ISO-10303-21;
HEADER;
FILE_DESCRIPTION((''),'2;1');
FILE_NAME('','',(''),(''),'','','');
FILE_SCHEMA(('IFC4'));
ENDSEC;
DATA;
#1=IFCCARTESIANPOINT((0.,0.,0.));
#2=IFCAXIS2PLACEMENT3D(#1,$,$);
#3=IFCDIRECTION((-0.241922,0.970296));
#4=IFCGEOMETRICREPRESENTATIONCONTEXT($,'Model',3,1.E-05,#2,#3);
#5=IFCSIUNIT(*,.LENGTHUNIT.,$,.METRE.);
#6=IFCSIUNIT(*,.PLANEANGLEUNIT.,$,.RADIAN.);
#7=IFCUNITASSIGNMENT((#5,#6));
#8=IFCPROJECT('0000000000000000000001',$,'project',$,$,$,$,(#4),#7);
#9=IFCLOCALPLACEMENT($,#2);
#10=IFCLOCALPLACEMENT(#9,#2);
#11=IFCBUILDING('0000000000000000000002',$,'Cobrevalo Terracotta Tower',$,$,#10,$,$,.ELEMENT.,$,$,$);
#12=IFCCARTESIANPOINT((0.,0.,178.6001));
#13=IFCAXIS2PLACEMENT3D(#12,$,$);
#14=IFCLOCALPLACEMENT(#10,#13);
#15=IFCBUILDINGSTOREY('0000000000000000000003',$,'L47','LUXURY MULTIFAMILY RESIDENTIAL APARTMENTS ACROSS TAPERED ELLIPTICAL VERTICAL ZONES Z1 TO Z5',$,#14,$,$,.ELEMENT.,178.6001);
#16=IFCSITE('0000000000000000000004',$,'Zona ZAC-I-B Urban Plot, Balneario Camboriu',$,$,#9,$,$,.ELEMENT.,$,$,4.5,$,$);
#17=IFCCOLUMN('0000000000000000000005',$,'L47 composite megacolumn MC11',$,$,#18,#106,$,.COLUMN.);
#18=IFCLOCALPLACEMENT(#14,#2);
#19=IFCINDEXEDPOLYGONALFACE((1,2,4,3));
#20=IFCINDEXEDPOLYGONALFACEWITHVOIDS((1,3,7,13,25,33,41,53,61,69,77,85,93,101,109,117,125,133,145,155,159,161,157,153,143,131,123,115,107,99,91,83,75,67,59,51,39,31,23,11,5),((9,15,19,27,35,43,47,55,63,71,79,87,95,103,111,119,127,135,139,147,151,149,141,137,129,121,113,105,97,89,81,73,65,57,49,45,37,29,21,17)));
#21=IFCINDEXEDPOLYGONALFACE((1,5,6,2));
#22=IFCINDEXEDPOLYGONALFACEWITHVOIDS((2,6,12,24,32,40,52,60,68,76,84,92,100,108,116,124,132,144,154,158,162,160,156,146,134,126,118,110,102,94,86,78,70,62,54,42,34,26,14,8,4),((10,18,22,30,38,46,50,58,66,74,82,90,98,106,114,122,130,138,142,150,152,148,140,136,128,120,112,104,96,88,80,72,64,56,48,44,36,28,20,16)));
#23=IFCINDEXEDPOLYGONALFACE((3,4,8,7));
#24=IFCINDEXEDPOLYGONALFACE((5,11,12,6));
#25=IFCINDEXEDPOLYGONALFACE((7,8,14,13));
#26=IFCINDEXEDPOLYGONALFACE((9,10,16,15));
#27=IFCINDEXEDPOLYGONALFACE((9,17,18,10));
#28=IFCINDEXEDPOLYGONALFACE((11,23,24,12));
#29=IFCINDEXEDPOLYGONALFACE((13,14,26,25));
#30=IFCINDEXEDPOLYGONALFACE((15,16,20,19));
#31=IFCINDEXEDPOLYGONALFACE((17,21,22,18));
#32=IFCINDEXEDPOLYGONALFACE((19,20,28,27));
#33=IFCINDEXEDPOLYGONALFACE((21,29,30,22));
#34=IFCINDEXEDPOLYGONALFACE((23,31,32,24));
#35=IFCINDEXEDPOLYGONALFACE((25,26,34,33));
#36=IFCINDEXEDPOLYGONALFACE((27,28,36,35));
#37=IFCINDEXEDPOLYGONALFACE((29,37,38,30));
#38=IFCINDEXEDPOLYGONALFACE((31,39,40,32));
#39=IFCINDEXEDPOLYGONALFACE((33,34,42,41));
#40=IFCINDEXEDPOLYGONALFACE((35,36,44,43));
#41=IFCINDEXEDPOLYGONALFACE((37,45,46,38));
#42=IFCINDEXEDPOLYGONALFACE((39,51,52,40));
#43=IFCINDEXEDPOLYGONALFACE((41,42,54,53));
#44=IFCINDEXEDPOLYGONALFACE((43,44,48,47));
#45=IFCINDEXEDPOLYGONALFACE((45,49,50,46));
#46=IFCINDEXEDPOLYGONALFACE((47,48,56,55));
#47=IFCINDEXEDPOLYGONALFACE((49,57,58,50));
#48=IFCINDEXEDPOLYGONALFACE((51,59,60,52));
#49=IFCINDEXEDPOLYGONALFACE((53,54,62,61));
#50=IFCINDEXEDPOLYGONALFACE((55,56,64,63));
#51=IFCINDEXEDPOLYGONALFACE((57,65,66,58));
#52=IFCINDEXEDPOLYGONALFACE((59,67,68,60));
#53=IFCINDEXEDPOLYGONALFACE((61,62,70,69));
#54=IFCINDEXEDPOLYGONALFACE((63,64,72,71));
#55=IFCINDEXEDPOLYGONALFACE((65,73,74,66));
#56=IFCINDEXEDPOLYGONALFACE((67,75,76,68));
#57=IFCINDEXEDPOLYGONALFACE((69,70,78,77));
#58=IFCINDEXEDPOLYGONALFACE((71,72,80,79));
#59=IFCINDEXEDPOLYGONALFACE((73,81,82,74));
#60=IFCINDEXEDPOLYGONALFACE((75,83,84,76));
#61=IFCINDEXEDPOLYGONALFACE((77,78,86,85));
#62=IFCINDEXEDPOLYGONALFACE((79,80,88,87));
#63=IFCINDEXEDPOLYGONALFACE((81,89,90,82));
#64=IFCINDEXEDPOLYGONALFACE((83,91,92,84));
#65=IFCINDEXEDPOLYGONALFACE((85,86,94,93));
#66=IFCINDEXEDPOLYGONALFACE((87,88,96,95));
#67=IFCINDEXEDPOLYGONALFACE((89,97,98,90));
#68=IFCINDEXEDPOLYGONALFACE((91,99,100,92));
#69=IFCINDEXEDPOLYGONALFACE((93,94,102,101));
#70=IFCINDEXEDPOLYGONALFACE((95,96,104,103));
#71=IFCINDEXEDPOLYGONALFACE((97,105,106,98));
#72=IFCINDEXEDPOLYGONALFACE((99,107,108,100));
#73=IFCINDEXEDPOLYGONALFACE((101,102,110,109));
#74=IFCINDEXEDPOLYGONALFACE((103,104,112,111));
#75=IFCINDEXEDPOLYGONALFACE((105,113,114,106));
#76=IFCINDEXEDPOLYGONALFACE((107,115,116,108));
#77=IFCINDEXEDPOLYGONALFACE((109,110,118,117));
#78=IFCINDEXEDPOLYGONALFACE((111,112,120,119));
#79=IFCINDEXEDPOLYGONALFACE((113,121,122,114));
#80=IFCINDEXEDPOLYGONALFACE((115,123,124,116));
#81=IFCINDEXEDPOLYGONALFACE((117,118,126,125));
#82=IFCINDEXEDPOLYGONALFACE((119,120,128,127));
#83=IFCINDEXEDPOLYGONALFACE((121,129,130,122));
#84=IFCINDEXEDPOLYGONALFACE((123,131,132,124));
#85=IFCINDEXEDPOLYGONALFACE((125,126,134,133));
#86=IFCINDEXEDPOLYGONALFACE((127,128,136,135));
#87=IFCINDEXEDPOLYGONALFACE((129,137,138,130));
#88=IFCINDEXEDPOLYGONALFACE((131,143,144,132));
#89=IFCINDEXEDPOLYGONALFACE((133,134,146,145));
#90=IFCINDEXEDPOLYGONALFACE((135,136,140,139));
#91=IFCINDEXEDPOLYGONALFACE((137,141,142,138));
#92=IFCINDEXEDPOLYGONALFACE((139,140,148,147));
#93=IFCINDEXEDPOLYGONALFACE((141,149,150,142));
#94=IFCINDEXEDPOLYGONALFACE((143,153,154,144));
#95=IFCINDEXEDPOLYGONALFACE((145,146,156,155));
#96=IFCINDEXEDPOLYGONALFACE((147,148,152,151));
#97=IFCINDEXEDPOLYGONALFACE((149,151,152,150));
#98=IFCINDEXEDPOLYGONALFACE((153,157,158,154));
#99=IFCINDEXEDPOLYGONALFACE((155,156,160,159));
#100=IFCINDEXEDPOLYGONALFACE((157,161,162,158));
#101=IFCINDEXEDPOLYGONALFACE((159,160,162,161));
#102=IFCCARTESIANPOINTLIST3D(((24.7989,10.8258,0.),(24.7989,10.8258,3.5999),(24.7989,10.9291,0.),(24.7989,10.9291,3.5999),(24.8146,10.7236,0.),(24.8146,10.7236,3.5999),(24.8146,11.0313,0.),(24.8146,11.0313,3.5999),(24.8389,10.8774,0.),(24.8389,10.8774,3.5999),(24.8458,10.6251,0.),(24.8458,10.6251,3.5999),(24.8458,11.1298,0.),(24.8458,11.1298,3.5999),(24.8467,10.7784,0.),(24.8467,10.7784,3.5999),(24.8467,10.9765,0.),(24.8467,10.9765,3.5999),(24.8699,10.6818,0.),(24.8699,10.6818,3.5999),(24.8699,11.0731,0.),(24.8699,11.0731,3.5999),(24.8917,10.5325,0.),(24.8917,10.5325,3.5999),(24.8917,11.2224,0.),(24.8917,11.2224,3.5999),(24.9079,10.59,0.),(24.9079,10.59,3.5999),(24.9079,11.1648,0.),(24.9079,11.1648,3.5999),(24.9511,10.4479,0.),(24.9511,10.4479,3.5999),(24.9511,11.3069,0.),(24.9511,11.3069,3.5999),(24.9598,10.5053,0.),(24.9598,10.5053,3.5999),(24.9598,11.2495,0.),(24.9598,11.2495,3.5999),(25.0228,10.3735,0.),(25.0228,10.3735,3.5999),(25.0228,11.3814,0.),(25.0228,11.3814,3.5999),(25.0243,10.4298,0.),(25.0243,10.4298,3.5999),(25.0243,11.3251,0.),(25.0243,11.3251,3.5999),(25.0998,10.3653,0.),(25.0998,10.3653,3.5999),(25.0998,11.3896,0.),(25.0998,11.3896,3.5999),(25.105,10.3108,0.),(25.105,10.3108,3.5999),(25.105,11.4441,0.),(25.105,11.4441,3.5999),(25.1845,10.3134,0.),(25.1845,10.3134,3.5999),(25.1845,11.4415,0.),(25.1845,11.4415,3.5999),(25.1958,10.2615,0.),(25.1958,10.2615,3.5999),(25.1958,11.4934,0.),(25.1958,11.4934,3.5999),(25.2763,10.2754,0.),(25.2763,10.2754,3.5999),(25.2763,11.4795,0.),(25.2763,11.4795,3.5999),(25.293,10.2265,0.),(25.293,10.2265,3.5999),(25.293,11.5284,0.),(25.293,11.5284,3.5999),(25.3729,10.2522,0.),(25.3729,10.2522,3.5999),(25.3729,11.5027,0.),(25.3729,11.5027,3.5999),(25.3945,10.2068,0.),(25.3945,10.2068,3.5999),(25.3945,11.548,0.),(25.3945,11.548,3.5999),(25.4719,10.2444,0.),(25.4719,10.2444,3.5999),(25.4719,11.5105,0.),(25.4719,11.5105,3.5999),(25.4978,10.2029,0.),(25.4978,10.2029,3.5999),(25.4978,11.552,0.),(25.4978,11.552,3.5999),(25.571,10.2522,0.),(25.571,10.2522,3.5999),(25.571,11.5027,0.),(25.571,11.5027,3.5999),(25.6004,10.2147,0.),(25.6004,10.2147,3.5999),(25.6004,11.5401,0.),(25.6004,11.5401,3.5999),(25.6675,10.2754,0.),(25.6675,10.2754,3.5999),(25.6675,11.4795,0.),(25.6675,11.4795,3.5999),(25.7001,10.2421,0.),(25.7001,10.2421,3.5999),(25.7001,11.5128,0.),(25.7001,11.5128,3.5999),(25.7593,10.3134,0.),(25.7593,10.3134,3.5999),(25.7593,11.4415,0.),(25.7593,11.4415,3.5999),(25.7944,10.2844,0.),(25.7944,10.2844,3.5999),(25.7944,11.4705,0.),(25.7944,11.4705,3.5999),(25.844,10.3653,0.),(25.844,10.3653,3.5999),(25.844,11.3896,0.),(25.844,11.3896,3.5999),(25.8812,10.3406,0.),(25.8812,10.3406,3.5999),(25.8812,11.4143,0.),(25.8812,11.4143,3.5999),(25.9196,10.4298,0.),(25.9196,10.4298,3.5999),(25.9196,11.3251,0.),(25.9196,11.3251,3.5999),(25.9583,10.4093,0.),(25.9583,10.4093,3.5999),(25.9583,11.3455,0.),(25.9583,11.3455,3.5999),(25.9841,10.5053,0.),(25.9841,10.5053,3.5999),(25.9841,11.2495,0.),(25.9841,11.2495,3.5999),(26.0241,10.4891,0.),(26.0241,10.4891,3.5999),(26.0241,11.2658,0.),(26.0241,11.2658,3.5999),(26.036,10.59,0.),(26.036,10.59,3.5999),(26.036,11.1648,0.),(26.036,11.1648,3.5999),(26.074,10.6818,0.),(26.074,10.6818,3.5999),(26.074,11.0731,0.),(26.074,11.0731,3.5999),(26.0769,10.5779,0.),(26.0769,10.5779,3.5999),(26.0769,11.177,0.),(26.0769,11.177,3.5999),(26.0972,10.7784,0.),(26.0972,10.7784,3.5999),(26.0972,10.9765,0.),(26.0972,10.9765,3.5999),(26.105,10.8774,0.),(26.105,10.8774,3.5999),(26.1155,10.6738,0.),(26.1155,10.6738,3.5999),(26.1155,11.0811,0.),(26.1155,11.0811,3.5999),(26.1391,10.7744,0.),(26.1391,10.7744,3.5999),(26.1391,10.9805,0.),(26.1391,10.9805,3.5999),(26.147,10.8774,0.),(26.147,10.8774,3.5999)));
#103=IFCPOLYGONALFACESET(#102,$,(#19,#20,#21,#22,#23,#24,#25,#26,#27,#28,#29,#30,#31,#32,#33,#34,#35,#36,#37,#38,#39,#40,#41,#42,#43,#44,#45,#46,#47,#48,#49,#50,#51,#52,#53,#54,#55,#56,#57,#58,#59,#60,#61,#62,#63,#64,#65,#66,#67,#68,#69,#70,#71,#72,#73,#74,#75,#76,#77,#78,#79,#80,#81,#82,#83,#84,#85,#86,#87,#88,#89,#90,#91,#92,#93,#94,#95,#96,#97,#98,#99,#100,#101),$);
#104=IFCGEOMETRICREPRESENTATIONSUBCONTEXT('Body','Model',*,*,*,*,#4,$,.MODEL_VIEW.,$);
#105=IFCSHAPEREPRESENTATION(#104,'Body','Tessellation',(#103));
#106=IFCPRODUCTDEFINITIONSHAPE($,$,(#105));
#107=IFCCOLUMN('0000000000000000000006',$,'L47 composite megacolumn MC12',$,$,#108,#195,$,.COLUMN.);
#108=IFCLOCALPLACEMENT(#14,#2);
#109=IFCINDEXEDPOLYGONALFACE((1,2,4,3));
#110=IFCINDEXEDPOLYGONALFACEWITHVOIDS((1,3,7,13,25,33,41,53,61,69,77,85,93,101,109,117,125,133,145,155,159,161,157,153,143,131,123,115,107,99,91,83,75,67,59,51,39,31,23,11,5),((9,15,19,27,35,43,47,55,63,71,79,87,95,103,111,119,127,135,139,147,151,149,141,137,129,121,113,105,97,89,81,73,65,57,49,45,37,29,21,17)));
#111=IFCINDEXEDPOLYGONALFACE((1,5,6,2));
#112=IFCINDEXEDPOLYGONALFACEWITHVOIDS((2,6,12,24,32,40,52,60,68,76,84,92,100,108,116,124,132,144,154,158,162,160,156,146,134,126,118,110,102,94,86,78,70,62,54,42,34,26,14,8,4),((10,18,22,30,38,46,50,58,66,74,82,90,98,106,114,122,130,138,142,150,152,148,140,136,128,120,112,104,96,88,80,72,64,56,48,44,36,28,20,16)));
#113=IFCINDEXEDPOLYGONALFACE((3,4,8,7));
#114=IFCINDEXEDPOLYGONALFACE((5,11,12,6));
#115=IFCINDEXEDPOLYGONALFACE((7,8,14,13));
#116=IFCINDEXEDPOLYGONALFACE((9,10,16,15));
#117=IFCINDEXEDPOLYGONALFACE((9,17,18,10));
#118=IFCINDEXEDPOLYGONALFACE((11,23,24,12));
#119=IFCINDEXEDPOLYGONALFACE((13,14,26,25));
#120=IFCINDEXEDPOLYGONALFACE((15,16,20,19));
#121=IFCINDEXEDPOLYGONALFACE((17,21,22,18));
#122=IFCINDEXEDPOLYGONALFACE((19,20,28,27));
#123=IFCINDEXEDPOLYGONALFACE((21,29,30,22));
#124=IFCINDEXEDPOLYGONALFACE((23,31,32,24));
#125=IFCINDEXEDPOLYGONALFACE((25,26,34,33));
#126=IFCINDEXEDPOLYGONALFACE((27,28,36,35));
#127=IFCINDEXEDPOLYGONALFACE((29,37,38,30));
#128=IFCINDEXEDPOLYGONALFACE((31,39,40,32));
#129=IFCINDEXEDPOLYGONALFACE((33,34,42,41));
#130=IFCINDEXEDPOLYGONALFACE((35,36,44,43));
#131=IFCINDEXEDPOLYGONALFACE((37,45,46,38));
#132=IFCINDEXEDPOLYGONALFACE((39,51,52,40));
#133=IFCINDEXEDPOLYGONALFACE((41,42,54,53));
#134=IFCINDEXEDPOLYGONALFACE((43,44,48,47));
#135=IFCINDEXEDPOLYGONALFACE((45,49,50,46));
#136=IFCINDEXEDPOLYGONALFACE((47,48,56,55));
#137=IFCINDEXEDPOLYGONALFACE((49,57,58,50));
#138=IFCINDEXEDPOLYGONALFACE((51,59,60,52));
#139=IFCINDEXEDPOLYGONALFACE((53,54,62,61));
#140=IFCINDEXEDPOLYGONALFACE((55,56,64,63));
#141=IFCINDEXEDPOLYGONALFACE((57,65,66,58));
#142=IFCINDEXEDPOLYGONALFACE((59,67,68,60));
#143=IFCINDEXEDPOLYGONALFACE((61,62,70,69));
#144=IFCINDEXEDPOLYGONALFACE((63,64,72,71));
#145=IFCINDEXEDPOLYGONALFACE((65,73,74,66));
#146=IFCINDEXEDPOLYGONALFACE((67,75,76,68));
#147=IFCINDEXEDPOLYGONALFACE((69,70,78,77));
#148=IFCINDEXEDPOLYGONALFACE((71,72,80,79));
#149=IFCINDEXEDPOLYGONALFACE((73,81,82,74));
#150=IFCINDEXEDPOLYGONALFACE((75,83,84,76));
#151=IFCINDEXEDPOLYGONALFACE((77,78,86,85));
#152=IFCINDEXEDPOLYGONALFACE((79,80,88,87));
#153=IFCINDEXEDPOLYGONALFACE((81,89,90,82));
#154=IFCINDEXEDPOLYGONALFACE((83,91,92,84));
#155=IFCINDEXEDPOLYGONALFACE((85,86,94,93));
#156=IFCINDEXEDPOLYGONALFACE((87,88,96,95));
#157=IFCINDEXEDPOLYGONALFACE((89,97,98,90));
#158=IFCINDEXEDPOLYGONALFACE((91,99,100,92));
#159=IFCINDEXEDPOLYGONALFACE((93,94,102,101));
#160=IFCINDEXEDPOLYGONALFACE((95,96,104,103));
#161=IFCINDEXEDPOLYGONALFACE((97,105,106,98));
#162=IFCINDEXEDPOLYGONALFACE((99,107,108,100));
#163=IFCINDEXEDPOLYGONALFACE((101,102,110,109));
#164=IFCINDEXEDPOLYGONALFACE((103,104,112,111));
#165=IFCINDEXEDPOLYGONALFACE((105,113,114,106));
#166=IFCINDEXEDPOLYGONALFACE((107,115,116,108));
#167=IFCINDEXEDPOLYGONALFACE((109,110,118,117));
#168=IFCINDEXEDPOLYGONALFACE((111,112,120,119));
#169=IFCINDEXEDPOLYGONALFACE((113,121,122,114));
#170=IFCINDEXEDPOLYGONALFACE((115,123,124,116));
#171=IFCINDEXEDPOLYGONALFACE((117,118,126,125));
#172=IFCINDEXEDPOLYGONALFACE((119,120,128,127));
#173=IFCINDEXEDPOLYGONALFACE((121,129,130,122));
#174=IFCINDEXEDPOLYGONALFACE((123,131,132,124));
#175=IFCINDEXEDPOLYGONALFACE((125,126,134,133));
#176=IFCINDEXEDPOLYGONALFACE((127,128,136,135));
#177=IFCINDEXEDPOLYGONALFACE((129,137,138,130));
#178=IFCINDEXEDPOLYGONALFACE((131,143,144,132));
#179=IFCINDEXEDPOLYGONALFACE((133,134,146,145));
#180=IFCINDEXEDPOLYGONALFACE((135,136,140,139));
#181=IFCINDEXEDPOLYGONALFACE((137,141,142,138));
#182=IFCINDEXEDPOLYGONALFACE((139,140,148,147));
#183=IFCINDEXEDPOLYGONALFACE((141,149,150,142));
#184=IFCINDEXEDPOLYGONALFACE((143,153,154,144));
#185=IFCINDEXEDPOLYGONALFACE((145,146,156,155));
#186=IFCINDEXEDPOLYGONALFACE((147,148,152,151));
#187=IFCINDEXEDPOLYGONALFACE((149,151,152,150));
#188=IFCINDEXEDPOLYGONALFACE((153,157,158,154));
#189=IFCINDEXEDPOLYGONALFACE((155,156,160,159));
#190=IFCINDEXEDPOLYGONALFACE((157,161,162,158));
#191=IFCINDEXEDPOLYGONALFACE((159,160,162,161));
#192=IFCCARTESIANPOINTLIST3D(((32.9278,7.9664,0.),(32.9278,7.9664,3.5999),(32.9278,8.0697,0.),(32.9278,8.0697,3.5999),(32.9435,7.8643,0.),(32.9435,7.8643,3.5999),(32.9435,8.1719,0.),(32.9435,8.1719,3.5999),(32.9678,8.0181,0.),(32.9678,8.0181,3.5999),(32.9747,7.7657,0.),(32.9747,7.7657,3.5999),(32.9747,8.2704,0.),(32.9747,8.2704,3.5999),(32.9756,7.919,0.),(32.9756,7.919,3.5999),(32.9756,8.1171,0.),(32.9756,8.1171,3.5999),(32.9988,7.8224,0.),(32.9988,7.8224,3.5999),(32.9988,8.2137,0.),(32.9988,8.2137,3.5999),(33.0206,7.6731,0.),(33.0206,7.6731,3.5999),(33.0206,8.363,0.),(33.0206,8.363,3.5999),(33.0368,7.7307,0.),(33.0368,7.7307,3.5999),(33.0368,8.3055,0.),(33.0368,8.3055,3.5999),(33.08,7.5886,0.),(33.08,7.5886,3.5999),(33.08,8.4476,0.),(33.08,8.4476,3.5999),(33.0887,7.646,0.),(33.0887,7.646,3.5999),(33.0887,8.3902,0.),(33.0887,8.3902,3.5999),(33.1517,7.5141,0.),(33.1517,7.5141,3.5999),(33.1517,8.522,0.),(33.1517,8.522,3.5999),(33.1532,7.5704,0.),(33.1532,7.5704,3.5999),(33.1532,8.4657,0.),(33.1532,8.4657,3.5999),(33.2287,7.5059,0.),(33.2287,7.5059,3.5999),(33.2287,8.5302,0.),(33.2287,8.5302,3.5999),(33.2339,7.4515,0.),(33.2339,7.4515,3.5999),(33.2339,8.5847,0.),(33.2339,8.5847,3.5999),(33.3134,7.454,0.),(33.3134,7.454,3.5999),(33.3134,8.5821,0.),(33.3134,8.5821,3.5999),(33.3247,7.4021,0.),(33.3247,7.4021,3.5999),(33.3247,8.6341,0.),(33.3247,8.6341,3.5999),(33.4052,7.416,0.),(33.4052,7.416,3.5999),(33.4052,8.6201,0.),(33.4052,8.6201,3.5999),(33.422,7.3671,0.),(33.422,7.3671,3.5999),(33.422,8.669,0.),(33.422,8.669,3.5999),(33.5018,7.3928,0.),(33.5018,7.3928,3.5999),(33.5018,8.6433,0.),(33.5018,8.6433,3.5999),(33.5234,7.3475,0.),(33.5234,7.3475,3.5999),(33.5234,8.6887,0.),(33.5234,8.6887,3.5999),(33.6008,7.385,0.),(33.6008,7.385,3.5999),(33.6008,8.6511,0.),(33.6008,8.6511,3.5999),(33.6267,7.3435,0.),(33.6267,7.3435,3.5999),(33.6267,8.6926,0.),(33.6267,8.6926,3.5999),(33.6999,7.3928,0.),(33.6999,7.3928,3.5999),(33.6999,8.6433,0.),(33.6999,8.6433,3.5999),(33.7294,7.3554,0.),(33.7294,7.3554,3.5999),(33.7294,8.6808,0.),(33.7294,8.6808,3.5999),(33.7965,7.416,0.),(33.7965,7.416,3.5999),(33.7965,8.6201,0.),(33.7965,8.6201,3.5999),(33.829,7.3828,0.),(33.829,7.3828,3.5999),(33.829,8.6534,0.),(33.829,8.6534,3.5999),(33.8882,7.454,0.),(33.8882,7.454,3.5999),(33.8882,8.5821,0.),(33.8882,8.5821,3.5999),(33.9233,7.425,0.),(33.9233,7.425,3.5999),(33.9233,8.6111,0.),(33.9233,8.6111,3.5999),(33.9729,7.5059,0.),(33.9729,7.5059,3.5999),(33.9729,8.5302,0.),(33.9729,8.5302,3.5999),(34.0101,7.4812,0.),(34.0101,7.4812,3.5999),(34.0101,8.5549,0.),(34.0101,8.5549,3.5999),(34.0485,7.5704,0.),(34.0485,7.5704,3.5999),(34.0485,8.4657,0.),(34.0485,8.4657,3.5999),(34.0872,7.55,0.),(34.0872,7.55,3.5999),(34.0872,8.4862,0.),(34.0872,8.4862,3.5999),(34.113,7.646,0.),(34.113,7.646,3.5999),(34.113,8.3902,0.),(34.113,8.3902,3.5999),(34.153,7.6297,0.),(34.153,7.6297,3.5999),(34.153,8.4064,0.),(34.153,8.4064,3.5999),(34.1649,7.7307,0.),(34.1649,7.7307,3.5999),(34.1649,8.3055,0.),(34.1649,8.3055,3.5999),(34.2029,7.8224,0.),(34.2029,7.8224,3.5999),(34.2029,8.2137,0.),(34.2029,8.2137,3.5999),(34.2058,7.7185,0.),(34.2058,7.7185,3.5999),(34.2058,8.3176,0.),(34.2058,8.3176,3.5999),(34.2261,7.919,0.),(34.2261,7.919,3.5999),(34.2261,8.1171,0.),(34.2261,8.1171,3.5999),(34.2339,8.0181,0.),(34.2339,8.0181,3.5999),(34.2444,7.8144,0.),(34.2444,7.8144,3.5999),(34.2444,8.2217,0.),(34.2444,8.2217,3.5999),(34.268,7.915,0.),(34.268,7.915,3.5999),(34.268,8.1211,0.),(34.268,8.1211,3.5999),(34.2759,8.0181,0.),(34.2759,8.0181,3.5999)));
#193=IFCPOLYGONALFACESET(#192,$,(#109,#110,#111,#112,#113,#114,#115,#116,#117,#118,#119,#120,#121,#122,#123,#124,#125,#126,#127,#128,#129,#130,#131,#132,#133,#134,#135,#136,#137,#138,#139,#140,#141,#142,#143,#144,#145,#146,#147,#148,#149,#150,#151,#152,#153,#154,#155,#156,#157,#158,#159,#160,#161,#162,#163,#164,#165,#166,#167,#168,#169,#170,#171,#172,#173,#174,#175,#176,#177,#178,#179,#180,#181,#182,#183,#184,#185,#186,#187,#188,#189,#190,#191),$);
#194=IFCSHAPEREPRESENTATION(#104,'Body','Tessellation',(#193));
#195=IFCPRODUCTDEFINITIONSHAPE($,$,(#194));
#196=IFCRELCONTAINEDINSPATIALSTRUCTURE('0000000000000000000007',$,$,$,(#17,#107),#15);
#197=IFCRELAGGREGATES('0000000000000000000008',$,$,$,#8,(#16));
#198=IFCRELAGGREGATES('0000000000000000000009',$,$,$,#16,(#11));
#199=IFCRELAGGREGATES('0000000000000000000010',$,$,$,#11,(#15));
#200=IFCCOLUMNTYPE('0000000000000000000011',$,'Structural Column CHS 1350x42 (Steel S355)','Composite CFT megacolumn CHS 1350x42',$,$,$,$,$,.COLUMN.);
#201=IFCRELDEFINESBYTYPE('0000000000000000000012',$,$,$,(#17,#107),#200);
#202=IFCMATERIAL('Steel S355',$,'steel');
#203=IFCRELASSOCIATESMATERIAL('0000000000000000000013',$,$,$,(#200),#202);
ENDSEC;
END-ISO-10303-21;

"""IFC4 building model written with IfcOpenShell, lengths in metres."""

from ifc_helpers import new_model, si_unit, direction, frame, origin, origin_2d, place, context, subcontext, project, spatial, hollow_circle, extrude, material, material_profile, profile_set, type_object, element, save


model = new_model("IFC4")

# Units and contexts
model_context = context("Model", 3, precision=1e-05, world=origin(), true_north=direction((-0.241922, 0.970296)))
body_context = subcontext(model_context, "Body", "Model", "MODEL_VIEW")
ifc_project = project(units=[si_unit("LENGTHUNIT", "METRE"), si_unit("PLANEANGLEUNIT", "RADIAN")], contexts=[model_context])

# Site, building, storey
site_placement = place(None, origin())
site = spatial("IfcSite", under=ifc_project, at=site_placement, Name="Zona ZAC-I-B Urban Plot, Balneario Camboriu", CompositionType="ELEMENT", RefElevation=4.5)
building_placement = place(site_placement, origin())
building = spatial("IfcBuilding", under=site, at=building_placement, Name="Cobrevalo Terracotta Tower", CompositionType="ELEMENT")
storey_placement = place(building_placement, frame((0.0, 0.0, 178.6001)))
storey = spatial("IfcBuildingStorey", under=building, at=storey_placement, Name="L47", Description="LUXURY MULTIFAMILY RESIDENTIAL APARTMENTS ACROSS TAPERED ELLIPTICAL VERTICAL ZONES Z1 TO Z5", CompositionType="ELEMENT", Elevation=178.6001)

# Columns
ifc_material_1 = material(Name="Steel S355", Category="steel")
ifc_material_profile_1 = material_profile(ifc_material_1, hollow_circle(Radius=0.675, WallThickness=0.042, at=origin_2d()), Name="CHS 1350x42")
ifc_profile_set_1 = profile_set([ifc_material_profile_1], Name="Steel S355")
column_type = type_object("IfcColumnType", Name="Structural Column CHS 1350x42 (Steel S355)", Description="Composite CFT megacolumn CHS 1350x42", PredefinedType="COLUMN", material=ifc_profile_set_1)
for number, where, z_axis, x_axis, name in (
    (1, (25.4719, 10.8774, 0.0), (0.0, 0.0, 1.0), (1.0, 0.0, 0.0), "L47 composite megacolumn MC11"),
    (2, (33.6008, 8.0181, 0.0), (0.0, 0.0, 1.0), (1.0, 0.0, 0.0), "L47 composite megacolumn MC12"),
):
    element("IfcColumn", number, at=place(storey_placement, frame(where, z_axis=z_axis, x_axis=x_axis)), inside=storey, type_object=column_type, Name=name, PredefinedType="COLUMN", context=body_context, shape_type="SweptSolid", body=[
        extrude(hollow_circle(Radius=0.675, WallThickness=0.042, at=origin_2d()), origin(), (0.0, 0.0, 1.0), 3.5999),
    ])

save(model, "model.ifc")
